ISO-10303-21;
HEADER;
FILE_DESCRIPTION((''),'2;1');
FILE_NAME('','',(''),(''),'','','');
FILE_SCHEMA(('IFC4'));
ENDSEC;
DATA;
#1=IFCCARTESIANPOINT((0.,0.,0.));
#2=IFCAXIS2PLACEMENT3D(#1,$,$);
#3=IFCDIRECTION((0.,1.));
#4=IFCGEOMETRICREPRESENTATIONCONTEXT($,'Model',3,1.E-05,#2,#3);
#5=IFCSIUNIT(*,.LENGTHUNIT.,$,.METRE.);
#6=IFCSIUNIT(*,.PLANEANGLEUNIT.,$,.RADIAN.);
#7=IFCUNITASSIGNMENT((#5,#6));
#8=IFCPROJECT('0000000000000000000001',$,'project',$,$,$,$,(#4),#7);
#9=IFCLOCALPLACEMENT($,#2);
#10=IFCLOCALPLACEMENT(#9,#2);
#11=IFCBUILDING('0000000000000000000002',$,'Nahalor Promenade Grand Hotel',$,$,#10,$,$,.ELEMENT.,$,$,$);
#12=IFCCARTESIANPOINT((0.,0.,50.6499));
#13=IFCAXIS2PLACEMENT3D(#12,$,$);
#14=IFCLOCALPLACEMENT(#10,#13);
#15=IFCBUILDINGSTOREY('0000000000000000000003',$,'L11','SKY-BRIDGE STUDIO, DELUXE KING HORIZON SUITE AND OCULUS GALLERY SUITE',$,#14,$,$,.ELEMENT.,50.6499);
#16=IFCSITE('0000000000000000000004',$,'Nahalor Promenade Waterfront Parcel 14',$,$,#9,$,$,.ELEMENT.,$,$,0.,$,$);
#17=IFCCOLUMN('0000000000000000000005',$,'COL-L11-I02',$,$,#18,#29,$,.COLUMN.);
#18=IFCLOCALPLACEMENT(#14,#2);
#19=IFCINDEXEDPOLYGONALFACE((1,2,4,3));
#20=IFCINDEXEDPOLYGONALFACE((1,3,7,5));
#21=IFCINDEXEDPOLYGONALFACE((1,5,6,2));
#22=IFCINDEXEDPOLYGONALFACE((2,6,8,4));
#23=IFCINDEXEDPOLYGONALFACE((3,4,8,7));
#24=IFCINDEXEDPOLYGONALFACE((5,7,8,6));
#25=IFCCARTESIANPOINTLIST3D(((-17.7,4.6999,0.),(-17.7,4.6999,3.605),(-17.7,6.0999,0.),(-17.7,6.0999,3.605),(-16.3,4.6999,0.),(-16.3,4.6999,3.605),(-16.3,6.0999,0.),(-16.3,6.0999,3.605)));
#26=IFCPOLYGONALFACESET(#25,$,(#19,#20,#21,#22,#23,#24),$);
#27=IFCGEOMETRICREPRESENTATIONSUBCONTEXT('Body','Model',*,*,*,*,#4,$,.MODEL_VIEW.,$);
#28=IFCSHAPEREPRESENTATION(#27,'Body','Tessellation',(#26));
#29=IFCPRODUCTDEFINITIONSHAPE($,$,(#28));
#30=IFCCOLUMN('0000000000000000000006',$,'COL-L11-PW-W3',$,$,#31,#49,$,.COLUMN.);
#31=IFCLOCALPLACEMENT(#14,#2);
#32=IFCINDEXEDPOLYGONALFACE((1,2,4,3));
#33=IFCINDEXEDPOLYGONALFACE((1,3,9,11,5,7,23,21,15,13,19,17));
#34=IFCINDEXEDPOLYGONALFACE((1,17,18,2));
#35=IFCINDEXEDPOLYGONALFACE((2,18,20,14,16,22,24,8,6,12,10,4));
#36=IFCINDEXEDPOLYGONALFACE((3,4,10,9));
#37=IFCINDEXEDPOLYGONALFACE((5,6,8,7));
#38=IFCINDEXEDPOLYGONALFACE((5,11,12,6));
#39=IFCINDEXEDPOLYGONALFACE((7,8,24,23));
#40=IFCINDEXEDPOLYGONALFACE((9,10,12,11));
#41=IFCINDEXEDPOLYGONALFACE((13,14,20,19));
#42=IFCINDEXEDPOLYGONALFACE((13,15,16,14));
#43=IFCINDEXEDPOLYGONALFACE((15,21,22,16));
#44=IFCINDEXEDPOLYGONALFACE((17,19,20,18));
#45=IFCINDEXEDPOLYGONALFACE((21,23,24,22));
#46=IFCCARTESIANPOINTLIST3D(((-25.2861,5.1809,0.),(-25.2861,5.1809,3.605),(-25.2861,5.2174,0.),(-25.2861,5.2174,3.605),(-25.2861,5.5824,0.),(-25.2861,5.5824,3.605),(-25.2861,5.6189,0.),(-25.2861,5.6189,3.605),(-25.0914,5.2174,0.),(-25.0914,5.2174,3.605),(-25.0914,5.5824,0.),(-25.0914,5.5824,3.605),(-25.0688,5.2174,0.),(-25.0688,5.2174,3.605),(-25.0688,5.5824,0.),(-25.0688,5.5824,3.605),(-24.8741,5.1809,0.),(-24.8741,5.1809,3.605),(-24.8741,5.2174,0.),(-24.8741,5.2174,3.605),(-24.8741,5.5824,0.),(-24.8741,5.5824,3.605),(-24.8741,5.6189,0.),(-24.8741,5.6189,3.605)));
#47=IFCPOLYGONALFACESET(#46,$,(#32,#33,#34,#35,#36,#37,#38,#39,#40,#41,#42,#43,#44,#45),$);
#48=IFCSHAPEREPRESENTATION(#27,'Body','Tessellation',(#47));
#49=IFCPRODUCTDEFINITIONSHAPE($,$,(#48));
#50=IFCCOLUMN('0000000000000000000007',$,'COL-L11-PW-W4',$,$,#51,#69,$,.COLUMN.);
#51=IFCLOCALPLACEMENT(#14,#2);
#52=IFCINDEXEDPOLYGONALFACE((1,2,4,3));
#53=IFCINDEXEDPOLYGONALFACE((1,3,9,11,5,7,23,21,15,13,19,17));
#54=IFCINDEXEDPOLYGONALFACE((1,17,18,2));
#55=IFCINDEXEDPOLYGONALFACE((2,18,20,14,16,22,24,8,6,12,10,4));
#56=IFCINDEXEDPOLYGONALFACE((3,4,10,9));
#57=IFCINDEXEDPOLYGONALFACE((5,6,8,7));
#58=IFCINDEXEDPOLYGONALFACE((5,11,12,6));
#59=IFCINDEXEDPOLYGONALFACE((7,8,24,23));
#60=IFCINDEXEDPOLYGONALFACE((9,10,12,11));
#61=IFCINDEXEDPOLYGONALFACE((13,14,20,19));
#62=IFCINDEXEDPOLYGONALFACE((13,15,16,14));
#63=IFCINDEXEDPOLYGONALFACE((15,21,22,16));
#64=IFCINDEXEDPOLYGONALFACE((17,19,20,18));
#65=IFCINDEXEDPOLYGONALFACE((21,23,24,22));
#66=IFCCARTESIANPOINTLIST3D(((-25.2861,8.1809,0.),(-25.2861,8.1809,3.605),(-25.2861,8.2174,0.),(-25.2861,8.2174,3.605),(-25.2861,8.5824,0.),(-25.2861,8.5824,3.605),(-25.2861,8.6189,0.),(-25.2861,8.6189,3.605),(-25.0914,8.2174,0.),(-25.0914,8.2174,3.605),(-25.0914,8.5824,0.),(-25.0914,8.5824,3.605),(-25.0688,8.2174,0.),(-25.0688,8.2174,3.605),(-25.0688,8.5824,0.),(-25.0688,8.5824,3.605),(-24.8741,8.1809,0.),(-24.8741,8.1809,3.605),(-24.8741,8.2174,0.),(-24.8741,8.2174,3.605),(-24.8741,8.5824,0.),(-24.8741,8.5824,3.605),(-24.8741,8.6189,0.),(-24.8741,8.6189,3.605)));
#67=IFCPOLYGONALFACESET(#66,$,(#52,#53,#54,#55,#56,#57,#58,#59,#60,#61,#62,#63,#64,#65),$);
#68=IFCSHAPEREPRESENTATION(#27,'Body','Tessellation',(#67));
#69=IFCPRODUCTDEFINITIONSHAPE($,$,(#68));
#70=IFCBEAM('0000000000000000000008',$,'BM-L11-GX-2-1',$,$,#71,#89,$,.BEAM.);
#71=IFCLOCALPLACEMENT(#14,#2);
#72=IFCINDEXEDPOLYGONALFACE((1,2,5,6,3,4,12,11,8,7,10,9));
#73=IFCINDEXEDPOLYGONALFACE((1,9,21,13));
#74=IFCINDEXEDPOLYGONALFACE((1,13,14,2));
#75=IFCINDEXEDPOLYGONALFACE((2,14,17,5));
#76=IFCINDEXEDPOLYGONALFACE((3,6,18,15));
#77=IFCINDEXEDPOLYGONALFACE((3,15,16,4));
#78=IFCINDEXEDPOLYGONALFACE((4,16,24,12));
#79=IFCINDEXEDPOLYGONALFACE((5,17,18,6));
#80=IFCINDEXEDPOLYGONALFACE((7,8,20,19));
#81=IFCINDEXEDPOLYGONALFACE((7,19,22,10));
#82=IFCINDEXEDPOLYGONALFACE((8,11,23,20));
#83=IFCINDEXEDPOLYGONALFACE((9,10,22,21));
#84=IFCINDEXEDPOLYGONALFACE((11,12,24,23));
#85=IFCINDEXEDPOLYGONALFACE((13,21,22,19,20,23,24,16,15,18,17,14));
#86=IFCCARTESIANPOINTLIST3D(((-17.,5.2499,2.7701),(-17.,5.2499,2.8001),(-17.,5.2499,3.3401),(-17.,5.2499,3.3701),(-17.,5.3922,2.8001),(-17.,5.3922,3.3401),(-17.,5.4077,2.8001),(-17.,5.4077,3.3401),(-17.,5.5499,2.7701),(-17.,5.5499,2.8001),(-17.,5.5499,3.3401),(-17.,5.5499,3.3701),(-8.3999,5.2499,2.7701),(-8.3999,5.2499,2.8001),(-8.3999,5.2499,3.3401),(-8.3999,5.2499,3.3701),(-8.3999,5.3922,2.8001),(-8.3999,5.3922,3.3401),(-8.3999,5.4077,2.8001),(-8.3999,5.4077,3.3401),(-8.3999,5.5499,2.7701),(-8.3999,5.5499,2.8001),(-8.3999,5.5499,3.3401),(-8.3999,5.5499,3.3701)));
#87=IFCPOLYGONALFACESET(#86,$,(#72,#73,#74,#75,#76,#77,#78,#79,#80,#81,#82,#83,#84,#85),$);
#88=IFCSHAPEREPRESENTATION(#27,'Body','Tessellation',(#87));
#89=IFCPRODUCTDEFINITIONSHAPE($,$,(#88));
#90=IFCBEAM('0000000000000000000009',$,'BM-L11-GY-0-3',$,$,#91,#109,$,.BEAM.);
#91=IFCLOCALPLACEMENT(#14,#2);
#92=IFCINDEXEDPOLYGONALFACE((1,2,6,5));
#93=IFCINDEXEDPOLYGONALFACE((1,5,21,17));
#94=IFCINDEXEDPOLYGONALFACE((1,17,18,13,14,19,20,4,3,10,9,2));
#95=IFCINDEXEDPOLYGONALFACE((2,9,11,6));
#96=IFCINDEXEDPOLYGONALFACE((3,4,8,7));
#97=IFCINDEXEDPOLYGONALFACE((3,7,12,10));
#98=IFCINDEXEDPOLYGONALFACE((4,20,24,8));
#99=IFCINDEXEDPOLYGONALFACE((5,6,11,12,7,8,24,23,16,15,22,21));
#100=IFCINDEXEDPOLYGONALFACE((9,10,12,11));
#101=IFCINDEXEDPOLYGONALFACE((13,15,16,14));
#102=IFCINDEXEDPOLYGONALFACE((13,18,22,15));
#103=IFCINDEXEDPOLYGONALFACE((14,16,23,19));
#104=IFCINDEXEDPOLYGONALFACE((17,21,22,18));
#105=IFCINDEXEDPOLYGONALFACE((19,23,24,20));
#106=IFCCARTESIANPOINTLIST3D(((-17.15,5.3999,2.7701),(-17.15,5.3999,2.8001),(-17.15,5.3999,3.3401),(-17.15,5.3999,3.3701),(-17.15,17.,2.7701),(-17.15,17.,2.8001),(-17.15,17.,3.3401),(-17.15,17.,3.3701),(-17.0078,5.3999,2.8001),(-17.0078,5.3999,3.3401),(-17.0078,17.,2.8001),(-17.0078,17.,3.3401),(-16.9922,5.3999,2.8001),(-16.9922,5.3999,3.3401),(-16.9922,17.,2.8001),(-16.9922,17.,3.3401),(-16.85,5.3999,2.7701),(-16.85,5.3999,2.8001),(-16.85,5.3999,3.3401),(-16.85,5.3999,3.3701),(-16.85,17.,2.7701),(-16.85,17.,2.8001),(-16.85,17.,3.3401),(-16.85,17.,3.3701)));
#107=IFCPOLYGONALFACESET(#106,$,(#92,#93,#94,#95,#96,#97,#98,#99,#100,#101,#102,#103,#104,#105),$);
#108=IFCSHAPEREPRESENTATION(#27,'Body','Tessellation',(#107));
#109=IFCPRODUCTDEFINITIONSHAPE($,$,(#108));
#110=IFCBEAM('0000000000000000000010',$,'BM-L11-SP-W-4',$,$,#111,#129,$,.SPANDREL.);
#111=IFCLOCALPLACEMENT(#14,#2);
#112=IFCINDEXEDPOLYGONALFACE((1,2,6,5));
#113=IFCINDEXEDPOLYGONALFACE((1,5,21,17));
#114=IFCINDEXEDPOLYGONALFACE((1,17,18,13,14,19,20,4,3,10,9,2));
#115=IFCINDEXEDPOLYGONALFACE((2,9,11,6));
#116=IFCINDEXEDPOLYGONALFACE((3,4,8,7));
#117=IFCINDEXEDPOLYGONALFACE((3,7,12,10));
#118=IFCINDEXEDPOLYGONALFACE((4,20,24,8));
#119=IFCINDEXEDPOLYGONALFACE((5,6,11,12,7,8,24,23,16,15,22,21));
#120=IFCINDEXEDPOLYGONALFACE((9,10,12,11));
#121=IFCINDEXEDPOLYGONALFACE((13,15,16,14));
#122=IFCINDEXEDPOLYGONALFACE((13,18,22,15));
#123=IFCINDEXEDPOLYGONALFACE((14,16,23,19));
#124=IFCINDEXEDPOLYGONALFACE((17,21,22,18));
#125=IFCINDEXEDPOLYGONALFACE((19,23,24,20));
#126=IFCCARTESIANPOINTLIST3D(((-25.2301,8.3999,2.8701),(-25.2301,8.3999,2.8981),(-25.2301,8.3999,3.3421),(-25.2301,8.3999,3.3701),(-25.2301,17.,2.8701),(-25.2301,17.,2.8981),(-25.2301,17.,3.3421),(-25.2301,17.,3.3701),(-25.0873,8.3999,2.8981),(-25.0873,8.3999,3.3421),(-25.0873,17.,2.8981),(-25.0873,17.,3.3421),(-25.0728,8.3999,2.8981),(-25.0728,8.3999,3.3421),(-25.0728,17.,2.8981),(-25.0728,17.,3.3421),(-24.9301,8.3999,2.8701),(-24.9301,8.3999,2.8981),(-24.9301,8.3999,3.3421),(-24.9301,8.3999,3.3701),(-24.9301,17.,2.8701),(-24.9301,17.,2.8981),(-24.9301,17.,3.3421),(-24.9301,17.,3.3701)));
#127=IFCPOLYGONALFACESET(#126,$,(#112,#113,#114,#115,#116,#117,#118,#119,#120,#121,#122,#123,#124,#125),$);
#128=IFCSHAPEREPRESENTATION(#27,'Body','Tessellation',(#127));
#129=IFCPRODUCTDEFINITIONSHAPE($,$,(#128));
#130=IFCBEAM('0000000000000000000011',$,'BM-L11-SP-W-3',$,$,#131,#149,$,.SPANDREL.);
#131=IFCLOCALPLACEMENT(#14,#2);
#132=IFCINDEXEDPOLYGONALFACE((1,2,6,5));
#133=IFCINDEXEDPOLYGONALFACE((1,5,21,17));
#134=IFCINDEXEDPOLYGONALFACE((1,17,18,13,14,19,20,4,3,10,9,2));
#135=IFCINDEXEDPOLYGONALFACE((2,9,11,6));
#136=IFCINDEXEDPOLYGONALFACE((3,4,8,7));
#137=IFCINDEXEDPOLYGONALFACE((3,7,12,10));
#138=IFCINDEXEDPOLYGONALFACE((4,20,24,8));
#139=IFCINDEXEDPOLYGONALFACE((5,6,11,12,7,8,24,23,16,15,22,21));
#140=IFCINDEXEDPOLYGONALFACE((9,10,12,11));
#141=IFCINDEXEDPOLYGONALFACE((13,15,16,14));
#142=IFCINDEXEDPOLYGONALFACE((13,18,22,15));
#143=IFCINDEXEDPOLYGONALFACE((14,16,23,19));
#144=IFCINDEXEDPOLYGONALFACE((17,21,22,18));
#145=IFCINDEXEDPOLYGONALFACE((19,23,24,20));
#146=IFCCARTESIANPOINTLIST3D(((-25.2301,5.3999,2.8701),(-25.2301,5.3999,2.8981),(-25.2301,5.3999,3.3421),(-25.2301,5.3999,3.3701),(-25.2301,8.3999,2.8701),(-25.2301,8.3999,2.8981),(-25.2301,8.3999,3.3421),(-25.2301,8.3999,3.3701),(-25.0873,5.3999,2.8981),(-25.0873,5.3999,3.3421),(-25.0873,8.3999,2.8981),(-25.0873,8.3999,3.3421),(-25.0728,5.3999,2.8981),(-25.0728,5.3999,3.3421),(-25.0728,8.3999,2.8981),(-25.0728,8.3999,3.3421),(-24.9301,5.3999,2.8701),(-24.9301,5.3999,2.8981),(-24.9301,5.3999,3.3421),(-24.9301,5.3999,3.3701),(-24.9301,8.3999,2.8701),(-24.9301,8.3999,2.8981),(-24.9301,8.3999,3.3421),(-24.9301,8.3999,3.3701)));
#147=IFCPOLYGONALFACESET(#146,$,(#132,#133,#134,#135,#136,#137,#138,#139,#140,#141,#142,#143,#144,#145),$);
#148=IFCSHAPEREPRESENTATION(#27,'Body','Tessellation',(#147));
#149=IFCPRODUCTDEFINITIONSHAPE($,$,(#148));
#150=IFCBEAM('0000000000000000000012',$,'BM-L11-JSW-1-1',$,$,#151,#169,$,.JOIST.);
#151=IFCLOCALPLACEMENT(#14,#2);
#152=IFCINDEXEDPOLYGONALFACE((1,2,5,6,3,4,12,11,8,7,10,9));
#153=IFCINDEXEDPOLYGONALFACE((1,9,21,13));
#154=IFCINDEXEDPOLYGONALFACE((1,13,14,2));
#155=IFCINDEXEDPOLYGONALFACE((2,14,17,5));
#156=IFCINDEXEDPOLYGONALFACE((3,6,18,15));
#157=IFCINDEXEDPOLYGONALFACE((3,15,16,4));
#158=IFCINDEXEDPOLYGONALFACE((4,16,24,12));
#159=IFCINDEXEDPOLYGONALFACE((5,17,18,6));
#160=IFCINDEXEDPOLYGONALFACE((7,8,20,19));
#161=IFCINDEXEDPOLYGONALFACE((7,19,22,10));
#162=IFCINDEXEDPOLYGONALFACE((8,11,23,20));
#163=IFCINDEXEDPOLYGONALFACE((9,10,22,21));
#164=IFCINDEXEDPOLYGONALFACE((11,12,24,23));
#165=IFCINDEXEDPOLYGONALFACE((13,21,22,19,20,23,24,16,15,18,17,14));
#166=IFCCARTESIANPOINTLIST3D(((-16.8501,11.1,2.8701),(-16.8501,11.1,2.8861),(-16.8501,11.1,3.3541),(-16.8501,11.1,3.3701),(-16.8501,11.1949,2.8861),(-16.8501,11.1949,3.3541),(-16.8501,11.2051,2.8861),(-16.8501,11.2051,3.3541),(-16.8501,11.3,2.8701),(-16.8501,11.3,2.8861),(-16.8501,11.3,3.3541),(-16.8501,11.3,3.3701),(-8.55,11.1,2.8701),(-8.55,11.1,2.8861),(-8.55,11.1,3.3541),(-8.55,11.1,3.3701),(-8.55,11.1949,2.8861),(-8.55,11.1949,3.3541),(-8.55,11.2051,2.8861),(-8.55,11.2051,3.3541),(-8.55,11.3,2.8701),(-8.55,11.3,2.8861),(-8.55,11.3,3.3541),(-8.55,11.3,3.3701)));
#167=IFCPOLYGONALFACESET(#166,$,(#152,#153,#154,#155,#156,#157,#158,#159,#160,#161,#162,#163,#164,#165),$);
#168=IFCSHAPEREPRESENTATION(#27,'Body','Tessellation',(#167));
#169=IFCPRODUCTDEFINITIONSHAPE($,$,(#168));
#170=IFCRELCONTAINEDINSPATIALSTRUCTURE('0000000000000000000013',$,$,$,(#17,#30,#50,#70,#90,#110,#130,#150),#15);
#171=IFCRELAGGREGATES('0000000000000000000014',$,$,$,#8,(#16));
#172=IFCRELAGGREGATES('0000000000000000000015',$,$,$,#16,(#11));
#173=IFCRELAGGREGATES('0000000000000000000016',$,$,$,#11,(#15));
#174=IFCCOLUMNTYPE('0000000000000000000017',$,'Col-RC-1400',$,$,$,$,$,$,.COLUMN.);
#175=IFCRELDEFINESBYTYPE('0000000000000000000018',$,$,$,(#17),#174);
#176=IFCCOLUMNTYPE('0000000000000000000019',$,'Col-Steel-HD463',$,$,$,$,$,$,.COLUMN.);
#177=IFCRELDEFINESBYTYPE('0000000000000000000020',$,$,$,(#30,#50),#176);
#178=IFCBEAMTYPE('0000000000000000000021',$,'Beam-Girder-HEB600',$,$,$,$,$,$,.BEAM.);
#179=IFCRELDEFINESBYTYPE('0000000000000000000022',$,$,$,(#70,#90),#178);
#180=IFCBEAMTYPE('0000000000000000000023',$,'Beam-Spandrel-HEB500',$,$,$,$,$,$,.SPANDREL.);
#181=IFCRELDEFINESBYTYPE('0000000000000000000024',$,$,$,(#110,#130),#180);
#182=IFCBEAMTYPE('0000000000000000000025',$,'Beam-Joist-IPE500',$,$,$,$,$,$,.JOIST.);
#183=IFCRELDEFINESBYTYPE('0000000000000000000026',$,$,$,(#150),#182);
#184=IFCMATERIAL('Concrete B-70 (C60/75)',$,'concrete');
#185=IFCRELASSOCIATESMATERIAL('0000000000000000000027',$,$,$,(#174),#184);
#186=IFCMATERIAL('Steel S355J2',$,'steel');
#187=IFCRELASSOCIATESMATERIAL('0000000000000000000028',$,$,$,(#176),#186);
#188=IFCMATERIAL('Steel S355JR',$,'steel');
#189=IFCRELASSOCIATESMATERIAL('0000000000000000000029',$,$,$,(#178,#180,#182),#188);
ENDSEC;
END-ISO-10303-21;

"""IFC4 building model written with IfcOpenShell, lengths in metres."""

from ifc_helpers import new_model, si_unit, direction, frame, origin, origin_2d, place, context, subcontext, project, spatial, rectangle, i_section, extrude, source, transform, mapped, material, material_profile, profile_set, type_object, element, save


model = new_model("IFC4")

# Units and contexts
model_context = context("Model", 3, precision=1e-05, world=origin(), true_north=direction((0.0, 1.0)))
body_context = subcontext(model_context, "Body", "Model", "MODEL_VIEW")
ifc_project = project(units=[si_unit("LENGTHUNIT", "METRE"), si_unit("PLANEANGLEUNIT", "RADIAN")], contexts=[model_context])

# Site, building, storey
site_placement = place(None, origin())
site = spatial("IfcSite", under=ifc_project, at=site_placement, Name="Nahalor Promenade Waterfront Parcel 14", CompositionType="ELEMENT", RefElevation=0.0)
building_placement = place(site_placement, origin())
building = spatial("IfcBuilding", under=site, at=building_placement, Name="Nahalor Promenade Grand Hotel", CompositionType="ELEMENT")
storey_placement = place(building_placement, frame((0.0, 0.0, 50.6499)))
storey = spatial("IfcBuildingStorey", under=building, at=storey_placement, Name="L11", Description="SKY-BRIDGE STUDIO, DELUXE KING HORIZON SUITE AND OCULUS GALLERY SUITE", CompositionType="ELEMENT", Elevation=50.6499)

# Columns
ifc_material_1 = material(Name="Concrete B-70 (C60/75)", Category="concrete")
ifc_material_profile_1 = material_profile(ifc_material_1, rectangle(XDim=1.4, YDim=1.4, at=origin_2d()), Name="RC 1400x1400")
ifc_profile_set_1 = profile_set([ifc_material_profile_1], Name="Concrete B-70 (C60/75)")
column_type_1 = type_object("IfcColumnType", Name="Col-RC-1400", PredefinedType="COLUMN", material=ifc_profile_set_1)
shared_shape_1 = source(origin(), body_context, "Body", "SweptSolid", [
    extrude(rectangle(XDim=1.4, YDim=1.4, at=origin_2d()), origin(), (0.0, 0.0, 1.0), 3.605),
])
column_placement = place(storey_placement, frame((-17.0, 5.3999, 0.0), z_axis=(0.0, 0.0, 1.0), x_axis=(1.0, 0.0, 0.0)))
element("IfcColumn", 1, at=column_placement, inside=storey, type_object=column_type_1, Name="COL-L11-I02", PredefinedType="COLUMN", context=body_context, shape_type="MappedRepresentation", body=[
    mapped(shared_shape_1, transform((0.0, 0.0, 0.0), scale=1.0)),
])
ifc_material_2 = material(Name="Steel S355J2", Category="steel")
ifc_material_profile_2 = material_profile(ifc_material_2, i_section(OverallWidth=0.412, OverallDepth=0.438, WebThickness=0.0226, FlangeThickness=0.0365, at=origin_2d()), Name="HD 400x463")
ifc_profile_set_2 = profile_set([ifc_material_profile_2], Name="Steel S355J2")
column_type_2 = type_object("IfcColumnType", Name="Col-Steel-HD463", PredefinedType="COLUMN", material=ifc_profile_set_2)
shared_shape_2 = source(origin(), body_context, "Body", "SweptSolid", [
    extrude(i_section(OverallWidth=0.412, OverallDepth=0.438, WebThickness=0.0226, FlangeThickness=0.0365, at=origin_2d()), origin(), (0.0, 0.0, 1.0), 3.605),
])
for number, where, z_axis, x_axis, name in (
    (2, (-25.0801, 5.3999, 0.0), (0.0, 0.0, 1.0), (1.0, 0.0, 0.0), "COL-L11-PW-W3"),
    (3, (-25.0801, 8.3999, 0.0), (0.0, 0.0, 1.0), (1.0, 0.0, 0.0), "COL-L11-PW-W4"),
):
    element("IfcColumn", number, at=place(storey_placement, frame(where, z_axis=z_axis, x_axis=x_axis)), inside=storey, type_object=column_type_2, Name=name, PredefinedType="COLUMN", context=body_context, shape_type="MappedRepresentation", body=[
        mapped(shared_shape_2, transform((0.0, 0.0, 0.0), scale=1.0)),
    ])

# Beams
ifc_material_3 = material(Name="Steel S355JR", Category="steel")
ifc_material_profile_3 = material_profile(ifc_material_3, i_section(OverallWidth=0.3, OverallDepth=0.6, WebThickness=0.0155, FlangeThickness=0.03, at=origin_2d()), Name="HEB 600")
ifc_profile_set_3 = profile_set([ifc_material_profile_3], Name="Steel S355JR")
beam_type_1 = type_object("IfcBeamType", Name="Beam-Girder-HEB600", PredefinedType="BEAM", material=ifc_profile_set_3)
shared_shape_3 = source(origin(), body_context, "Body", "SweptSolid", [
    extrude(i_section(OverallWidth=0.3, OverallDepth=0.6, WebThickness=0.0155, FlangeThickness=0.03, at=origin_2d()), origin(), (0.0, 0.0, 1.0), 8.6001),
])
beam_1_placement = place(storey_placement, frame((-17.0, 5.3999, 3.0701), z_axis=(1.0, 0.0, 0.0), x_axis=(0.0, 1.0, 0.0)))
element("IfcBeam", 4, at=beam_1_placement, inside=storey, type_object=beam_type_1, Name="BM-L11-GX-2-1", PredefinedType="BEAM", context=body_context, shape_type="MappedRepresentation", body=[
    mapped(shared_shape_3, transform((0.0, 0.0, 0.0), scale=1.0)),
])
shared_shape_4 = source(origin(), body_context, "Body", "SweptSolid", [
    extrude(i_section(OverallWidth=0.3, OverallDepth=0.6, WebThickness=0.0155, FlangeThickness=0.03, at=origin_2d()), origin(), (0.0, 0.0, 1.0), 11.6001),
])
beam_2_placement = place(storey_placement, frame((-17.0, 5.3999, 3.0701), z_axis=(0.0, 1.0, 0.0), x_axis=(-1.0, 0.0, 0.0)))
element("IfcBeam", 5, at=beam_2_placement, inside=storey, type_object=beam_type_1, Name="BM-L11-GY-0-3", PredefinedType="BEAM", context=body_context, shape_type="MappedRepresentation", body=[
    mapped(shared_shape_4, transform((0.0, 0.0, 0.0), scale=1.0)),
])
ifc_material_profile_4 = material_profile(ifc_material_3, i_section(OverallWidth=0.3, OverallDepth=0.5, WebThickness=0.0145, FlangeThickness=0.028, at=origin_2d()), Name="HEB 500")
ifc_profile_set_4 = profile_set([ifc_material_profile_4], Name="Steel S355JR")
beam_type_2 = type_object("IfcBeamType", Name="Beam-Spandrel-HEB500", PredefinedType="SPANDREL", material=ifc_profile_set_4)
shared_shape_5 = source(origin(), body_context, "Body", "SweptSolid", [
    extrude(i_section(OverallWidth=0.3, OverallDepth=0.5, WebThickness=0.0145, FlangeThickness=0.028, at=origin_2d()), origin(), (0.0, 0.0, 1.0), 8.6001),
])
beam_3_placement = place(storey_placement, frame((-25.0801, 8.3999, 3.1201), z_axis=(0.0, 1.0, 0.0), x_axis=(-1.0, 0.0, 0.0)))
element("IfcBeam", 6, at=beam_3_placement, inside=storey, type_object=beam_type_2, Name="BM-L11-SP-W-4", PredefinedType="SPANDREL", context=body_context, shape_type="MappedRepresentation", body=[
    mapped(shared_shape_5, transform((0.0, 0.0, 0.0), scale=1.0)),
])
shared_shape_6 = source(origin(), body_context, "Body", "SweptSolid", [
    extrude(i_section(OverallWidth=0.3, OverallDepth=0.5, WebThickness=0.0145, FlangeThickness=0.028, at=origin_2d()), origin(), (0.0, 0.0, 1.0), 3.0),
])
beam_4_placement = place(storey_placement, frame((-25.0801, 5.3999, 3.1201), z_axis=(0.0, 1.0, 0.0), x_axis=(-1.0, 0.0, 0.0)))
element("IfcBeam", 7, at=beam_4_placement, inside=storey, type_object=beam_type_2, Name="BM-L11-SP-W-3", PredefinedType="SPANDREL", context=body_context, shape_type="MappedRepresentation", body=[
    mapped(shared_shape_6, transform((0.0, 0.0, 0.0), scale=1.0)),
])
ifc_material_profile_5 = material_profile(ifc_material_3, i_section(OverallWidth=0.2, OverallDepth=0.5, WebThickness=0.0102, FlangeThickness=0.016, at=origin_2d()), Name="IPE 500")
ifc_profile_set_5 = profile_set([ifc_material_profile_5], Name="Steel S355JR")
beam_type_3 = type_object("IfcBeamType", Name="Beam-Joist-IPE500", PredefinedType="JOIST", material=ifc_profile_set_5)
shared_shape_7 = source(origin(), body_context, "Body", "SweptSolid", [
    extrude(i_section(OverallWidth=0.2, OverallDepth=0.5, WebThickness=0.0102, FlangeThickness=0.016, at=origin_2d()), origin(), (0.0, 0.0, 1.0), 8.3),
])
beam_5_placement = place(storey_placement, frame((-16.8501, 11.2, 3.1201), z_axis=(1.0, 0.0, 0.0), x_axis=(0.0, 1.0, 0.0)))
element("IfcBeam", 8, at=beam_5_placement, inside=storey, type_object=beam_type_3, Name="BM-L11-JSW-1-1", PredefinedType="JOIST", context=body_context, shape_type="MappedRepresentation", body=[
    mapped(shared_shape_7, transform((0.0, 0.0, 0.0), scale=1.0)),
])

save(model, "model.ifc")
